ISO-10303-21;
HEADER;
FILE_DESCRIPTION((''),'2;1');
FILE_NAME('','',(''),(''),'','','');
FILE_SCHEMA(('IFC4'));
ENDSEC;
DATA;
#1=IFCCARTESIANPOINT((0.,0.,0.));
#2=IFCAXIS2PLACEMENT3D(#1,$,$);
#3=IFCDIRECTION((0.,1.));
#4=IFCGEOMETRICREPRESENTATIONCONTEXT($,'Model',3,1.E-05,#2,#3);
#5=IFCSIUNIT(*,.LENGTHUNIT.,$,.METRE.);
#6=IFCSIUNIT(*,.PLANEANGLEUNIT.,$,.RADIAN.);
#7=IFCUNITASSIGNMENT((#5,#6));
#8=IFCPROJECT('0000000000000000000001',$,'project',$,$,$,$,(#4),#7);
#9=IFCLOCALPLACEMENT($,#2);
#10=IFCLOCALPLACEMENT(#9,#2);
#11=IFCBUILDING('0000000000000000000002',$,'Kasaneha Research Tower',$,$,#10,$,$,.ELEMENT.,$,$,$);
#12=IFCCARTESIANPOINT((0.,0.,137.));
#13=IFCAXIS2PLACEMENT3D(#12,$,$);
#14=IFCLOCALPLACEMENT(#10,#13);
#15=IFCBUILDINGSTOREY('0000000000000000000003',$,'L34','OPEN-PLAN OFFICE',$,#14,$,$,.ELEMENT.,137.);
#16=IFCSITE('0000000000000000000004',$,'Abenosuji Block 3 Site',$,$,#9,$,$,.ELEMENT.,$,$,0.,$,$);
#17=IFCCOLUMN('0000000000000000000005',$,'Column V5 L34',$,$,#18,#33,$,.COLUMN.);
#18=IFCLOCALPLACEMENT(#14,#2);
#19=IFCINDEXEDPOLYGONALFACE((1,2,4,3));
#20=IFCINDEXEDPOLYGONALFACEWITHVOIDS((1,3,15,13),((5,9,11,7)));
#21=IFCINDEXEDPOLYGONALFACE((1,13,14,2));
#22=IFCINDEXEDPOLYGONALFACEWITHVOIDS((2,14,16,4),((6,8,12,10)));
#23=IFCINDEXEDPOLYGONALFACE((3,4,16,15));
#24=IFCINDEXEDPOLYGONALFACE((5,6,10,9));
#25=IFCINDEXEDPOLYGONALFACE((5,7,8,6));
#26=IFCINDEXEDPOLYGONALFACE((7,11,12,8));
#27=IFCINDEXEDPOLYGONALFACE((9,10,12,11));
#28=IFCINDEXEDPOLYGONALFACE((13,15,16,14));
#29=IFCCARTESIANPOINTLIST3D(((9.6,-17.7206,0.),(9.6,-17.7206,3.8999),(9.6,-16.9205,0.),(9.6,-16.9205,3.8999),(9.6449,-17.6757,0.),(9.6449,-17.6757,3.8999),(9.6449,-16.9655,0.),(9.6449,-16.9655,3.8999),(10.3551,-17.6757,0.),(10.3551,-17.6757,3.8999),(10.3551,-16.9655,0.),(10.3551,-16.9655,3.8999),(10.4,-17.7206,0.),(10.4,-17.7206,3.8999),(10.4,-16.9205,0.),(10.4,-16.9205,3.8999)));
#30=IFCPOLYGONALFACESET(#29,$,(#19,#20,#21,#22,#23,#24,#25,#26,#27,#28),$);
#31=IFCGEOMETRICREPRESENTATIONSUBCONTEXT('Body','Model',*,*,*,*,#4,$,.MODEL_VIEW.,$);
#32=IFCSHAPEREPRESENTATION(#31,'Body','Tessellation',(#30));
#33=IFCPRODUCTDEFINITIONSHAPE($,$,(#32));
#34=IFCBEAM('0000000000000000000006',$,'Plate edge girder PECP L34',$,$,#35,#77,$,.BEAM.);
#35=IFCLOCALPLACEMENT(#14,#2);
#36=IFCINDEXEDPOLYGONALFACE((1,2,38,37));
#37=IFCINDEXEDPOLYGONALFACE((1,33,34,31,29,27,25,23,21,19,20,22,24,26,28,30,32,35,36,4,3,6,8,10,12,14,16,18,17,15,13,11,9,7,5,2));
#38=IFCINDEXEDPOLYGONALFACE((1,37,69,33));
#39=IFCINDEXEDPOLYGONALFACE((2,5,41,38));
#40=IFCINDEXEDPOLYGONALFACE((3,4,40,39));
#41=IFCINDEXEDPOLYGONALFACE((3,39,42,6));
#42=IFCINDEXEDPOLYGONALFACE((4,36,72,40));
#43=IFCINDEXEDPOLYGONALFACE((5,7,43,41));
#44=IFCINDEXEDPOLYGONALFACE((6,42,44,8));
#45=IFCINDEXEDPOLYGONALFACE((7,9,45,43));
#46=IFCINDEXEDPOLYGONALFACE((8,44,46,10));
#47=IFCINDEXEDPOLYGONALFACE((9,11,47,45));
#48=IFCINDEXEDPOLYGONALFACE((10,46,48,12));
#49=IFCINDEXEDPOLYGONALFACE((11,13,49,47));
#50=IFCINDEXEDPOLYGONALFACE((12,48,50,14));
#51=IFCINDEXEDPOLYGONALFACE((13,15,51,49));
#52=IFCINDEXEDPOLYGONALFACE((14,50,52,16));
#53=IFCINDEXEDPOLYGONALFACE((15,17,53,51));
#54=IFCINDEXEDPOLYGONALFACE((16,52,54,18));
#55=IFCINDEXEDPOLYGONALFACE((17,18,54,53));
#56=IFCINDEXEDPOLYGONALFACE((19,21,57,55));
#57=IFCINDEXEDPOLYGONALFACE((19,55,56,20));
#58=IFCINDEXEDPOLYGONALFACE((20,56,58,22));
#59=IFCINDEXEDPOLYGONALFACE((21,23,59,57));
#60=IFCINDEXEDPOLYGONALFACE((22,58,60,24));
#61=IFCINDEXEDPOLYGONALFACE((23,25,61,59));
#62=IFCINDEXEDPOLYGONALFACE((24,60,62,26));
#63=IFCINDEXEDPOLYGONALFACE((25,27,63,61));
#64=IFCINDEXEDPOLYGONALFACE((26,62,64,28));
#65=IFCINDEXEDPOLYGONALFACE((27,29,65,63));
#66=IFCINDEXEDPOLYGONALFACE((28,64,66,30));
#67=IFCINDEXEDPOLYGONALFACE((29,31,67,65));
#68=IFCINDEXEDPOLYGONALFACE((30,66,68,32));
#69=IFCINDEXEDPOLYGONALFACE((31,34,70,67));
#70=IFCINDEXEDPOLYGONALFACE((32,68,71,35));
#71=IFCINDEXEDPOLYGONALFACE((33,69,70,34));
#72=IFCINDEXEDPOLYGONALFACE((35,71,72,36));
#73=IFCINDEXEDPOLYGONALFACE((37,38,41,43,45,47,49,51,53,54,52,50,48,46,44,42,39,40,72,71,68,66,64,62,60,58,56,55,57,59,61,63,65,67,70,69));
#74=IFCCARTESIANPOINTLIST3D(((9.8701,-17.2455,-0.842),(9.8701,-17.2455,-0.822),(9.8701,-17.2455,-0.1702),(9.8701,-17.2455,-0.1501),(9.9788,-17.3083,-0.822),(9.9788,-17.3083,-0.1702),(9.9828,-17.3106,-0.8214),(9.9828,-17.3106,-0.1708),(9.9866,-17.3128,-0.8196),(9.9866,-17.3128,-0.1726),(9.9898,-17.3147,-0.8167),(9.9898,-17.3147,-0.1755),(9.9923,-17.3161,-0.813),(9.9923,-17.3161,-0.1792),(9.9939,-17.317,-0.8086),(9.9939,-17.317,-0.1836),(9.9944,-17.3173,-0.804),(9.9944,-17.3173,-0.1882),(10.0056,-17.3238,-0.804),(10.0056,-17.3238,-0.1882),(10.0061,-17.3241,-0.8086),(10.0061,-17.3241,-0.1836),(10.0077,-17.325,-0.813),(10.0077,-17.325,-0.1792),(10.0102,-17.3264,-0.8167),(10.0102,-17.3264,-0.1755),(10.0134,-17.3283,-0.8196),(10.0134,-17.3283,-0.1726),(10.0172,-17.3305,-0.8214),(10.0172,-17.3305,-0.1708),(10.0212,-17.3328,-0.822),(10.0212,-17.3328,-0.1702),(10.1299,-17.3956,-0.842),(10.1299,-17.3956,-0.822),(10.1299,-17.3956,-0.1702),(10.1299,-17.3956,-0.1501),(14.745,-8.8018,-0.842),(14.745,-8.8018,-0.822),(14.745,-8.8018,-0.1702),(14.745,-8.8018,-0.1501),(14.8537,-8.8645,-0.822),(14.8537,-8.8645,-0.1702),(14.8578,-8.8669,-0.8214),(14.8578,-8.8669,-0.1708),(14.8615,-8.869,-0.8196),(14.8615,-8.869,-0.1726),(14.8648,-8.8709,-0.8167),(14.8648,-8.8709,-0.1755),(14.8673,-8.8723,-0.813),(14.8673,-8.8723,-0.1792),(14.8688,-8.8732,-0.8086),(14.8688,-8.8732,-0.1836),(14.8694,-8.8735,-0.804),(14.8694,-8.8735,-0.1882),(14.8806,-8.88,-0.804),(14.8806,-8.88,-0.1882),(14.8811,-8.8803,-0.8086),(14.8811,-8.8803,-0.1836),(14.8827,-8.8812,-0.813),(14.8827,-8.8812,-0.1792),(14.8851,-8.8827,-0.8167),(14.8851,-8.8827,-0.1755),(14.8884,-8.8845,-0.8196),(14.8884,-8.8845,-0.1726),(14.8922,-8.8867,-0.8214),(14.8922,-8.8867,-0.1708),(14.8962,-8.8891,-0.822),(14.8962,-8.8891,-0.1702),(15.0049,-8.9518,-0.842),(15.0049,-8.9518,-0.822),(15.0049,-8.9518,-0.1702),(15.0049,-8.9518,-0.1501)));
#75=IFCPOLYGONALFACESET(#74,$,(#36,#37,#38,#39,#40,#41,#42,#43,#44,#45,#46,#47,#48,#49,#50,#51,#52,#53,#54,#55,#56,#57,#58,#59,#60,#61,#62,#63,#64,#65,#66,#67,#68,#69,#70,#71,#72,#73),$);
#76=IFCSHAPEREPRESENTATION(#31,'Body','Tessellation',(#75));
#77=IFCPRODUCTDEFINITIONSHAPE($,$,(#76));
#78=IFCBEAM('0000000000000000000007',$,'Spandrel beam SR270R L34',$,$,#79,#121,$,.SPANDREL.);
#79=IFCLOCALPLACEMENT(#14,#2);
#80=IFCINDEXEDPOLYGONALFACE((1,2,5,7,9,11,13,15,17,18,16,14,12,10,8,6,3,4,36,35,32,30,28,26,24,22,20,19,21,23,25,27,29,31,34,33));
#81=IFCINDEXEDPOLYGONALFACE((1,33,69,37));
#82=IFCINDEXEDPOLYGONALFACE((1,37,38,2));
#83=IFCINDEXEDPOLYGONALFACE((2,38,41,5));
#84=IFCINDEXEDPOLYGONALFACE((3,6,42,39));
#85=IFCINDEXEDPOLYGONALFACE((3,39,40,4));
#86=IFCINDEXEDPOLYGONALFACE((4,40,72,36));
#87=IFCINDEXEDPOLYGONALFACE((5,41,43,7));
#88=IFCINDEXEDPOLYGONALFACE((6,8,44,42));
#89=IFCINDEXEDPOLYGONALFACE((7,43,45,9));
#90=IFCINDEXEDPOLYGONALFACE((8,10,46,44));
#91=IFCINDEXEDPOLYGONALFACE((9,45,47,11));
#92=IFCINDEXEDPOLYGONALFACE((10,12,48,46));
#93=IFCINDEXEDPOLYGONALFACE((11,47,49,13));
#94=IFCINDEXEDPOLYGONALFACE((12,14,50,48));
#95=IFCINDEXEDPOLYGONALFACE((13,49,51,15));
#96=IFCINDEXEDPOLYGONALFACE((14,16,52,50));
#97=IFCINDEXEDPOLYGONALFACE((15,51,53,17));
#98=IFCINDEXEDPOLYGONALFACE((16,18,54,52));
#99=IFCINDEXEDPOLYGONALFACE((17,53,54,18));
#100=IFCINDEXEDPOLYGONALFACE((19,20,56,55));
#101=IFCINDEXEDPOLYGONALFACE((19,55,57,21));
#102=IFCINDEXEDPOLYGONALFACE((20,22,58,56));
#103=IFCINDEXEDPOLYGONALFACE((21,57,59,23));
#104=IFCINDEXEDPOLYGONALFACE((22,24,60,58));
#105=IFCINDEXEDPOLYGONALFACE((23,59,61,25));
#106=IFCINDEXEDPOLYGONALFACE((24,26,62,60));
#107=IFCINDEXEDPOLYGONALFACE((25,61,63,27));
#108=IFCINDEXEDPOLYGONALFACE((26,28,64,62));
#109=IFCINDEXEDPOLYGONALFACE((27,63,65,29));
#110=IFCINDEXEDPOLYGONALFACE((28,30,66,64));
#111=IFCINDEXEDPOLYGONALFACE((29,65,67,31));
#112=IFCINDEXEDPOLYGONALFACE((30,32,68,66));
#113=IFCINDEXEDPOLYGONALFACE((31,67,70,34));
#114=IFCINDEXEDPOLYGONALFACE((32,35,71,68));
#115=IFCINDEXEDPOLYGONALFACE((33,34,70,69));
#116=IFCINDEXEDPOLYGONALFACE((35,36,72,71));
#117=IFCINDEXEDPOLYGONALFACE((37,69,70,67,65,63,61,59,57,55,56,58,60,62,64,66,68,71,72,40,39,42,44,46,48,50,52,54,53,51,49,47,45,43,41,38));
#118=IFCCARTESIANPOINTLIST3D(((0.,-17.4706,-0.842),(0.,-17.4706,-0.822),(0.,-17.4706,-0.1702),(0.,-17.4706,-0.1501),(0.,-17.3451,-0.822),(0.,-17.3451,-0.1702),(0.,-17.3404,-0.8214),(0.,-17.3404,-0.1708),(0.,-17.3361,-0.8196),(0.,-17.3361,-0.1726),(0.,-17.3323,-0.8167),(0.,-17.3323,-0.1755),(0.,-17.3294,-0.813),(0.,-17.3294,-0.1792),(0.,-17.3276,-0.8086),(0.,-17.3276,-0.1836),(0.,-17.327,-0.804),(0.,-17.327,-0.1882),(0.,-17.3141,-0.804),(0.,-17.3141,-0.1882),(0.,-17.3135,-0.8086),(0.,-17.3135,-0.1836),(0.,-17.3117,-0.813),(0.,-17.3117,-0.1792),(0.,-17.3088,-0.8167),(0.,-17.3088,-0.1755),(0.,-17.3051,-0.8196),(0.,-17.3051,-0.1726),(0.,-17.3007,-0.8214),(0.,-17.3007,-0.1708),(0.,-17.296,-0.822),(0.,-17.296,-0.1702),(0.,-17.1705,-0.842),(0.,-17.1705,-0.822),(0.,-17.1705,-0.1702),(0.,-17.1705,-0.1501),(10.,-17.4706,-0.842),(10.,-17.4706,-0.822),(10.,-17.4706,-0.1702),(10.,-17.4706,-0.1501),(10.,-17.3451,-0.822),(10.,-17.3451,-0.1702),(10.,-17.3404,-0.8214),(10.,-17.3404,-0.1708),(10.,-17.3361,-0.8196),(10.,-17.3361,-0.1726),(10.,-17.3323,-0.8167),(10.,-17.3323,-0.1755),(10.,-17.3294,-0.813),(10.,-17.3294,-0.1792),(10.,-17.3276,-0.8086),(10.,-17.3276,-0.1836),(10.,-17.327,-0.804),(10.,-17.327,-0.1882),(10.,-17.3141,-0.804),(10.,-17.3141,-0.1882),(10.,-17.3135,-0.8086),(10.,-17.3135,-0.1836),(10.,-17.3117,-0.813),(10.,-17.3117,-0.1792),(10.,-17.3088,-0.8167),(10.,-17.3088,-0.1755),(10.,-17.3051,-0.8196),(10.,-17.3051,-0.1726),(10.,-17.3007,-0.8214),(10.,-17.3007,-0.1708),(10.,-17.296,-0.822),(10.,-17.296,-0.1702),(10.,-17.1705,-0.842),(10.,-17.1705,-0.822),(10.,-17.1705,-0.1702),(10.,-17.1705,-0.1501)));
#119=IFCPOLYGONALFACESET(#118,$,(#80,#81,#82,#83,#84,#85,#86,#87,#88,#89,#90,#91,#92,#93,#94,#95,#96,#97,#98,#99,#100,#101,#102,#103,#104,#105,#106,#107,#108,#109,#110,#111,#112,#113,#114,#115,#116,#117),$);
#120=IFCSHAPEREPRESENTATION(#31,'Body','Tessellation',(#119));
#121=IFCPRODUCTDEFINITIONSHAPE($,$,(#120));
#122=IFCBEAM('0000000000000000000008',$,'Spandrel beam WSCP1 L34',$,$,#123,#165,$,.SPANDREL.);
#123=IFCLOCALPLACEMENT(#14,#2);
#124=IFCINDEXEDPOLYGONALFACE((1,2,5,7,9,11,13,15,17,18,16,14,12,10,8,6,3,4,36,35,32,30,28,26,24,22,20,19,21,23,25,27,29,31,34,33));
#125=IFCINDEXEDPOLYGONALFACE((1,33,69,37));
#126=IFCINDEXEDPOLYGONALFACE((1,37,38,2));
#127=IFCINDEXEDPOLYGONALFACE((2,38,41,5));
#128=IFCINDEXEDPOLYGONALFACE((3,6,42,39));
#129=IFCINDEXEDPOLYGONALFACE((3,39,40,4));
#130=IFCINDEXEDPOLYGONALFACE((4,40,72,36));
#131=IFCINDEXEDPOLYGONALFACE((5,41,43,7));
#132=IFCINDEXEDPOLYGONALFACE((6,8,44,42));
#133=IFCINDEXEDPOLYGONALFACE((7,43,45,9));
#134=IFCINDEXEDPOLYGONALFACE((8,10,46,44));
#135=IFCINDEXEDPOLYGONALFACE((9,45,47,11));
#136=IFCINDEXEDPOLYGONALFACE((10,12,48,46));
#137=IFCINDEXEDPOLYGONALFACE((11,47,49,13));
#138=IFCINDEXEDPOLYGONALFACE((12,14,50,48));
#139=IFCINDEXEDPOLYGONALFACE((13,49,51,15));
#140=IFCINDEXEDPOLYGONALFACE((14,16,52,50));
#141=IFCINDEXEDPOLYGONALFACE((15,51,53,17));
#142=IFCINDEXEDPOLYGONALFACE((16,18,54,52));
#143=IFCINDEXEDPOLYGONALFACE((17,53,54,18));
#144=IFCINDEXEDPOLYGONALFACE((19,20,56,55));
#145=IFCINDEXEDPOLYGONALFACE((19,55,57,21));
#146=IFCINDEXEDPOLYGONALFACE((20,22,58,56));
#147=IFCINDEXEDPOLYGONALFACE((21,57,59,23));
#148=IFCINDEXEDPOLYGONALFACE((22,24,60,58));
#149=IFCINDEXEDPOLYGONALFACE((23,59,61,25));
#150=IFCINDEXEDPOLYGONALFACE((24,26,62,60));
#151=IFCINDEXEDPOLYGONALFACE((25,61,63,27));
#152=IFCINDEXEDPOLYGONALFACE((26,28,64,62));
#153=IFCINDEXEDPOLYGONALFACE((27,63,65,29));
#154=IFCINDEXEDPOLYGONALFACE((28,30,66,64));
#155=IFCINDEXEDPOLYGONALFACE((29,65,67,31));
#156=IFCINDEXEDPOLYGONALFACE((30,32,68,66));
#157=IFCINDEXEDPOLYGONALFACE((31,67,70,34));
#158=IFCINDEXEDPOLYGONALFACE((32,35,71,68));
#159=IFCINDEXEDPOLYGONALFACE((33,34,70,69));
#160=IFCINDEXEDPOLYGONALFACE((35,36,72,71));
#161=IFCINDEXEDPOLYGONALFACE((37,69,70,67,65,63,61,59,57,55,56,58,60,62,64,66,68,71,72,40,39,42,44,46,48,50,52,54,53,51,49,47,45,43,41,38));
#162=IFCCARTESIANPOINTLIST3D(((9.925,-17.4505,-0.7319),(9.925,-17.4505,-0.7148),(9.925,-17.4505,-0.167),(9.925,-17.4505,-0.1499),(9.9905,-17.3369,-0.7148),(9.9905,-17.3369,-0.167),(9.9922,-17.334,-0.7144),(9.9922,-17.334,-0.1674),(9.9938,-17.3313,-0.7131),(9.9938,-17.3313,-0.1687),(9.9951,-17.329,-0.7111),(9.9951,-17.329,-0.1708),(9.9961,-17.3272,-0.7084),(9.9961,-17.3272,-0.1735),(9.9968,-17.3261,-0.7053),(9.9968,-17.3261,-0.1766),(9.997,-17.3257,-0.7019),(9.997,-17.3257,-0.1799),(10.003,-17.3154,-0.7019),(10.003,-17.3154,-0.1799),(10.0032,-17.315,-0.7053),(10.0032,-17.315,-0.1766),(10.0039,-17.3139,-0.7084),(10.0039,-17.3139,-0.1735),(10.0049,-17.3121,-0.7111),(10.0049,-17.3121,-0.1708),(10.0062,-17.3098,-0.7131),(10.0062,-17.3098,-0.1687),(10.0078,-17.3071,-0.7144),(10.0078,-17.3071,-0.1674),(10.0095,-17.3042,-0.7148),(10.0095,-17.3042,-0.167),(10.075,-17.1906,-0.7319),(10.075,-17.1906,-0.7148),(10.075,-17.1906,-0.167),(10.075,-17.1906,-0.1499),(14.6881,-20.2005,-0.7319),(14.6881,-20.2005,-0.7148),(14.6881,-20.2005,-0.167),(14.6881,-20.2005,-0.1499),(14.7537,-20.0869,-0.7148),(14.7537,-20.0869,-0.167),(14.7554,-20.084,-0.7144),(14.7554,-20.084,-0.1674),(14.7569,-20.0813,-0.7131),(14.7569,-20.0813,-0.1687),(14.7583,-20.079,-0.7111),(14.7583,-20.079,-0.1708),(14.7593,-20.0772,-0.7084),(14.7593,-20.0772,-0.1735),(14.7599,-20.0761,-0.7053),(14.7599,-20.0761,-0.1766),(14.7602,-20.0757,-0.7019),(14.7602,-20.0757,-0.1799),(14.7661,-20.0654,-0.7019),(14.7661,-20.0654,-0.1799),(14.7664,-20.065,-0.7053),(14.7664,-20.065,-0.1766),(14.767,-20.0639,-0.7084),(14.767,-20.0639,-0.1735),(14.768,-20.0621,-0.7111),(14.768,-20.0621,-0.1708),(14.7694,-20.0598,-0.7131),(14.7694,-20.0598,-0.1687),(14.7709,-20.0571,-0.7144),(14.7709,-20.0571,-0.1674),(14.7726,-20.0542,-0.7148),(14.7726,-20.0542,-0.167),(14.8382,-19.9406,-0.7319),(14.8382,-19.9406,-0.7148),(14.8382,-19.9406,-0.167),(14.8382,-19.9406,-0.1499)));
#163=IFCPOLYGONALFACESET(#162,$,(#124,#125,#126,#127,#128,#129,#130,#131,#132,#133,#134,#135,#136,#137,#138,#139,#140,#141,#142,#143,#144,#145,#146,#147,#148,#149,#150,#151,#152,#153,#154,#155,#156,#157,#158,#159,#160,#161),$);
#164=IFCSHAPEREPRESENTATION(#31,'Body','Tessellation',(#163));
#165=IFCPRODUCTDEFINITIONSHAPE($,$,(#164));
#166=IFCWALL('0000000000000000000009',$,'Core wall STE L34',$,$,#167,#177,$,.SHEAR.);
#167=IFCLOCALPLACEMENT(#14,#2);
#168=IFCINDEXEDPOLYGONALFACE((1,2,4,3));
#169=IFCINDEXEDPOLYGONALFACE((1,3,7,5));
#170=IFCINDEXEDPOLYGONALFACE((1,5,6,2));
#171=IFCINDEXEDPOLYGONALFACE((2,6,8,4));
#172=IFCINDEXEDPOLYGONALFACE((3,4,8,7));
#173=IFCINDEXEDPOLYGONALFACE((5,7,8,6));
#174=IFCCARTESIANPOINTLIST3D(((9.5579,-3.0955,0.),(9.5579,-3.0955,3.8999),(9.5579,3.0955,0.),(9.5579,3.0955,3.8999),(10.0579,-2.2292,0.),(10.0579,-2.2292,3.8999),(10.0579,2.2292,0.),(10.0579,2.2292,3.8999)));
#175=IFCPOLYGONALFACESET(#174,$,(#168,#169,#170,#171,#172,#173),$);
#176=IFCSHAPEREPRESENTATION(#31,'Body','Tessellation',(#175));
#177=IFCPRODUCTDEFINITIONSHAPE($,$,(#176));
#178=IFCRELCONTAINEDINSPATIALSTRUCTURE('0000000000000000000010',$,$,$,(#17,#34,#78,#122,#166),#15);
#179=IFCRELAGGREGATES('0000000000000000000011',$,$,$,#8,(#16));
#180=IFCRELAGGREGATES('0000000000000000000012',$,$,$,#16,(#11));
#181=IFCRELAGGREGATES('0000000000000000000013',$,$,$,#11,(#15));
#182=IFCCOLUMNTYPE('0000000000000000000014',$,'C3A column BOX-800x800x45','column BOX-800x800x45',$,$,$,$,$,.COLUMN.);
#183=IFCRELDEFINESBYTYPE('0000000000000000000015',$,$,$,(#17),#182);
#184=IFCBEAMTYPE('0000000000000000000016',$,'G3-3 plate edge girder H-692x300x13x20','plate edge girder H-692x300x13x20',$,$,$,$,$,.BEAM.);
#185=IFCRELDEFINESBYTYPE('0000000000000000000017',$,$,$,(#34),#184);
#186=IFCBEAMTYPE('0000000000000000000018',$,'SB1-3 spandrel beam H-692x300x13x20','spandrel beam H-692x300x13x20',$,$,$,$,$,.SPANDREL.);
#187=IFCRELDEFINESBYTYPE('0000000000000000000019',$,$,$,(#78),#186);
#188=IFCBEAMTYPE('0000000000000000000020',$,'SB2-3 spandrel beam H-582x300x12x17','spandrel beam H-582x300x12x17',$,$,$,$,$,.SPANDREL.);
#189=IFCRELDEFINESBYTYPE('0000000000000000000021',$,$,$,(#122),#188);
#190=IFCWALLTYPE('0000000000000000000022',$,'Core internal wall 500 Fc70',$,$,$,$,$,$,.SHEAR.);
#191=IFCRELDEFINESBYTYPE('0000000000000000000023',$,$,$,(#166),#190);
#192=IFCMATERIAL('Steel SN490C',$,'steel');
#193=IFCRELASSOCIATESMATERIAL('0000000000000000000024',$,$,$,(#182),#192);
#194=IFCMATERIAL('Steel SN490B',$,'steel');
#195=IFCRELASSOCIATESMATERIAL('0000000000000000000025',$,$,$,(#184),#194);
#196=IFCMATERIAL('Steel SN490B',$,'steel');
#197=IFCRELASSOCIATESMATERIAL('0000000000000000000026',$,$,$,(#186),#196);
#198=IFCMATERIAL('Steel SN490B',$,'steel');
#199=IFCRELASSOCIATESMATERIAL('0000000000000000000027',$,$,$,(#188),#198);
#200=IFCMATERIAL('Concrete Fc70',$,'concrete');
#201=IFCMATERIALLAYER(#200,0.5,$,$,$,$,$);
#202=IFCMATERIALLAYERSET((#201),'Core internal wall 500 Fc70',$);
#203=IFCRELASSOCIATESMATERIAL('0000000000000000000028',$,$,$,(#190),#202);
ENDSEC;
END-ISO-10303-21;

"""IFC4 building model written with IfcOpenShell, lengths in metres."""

from ifc_helpers import new_model, si_unit, direction, frame, origin, origin_2d, place, context, subcontext, project, spatial, polyline, hollow_rectangle, i_section, outline, extrude, material, layer, layer_set, material_profile, profile_set, type_object, element, save


model = new_model("IFC4")

# Units and contexts
model_context = context("Model", 3, precision=1e-05, world=origin(), true_north=direction((0.0, 1.0)))
body_context = subcontext(model_context, "Body", "Model", "MODEL_VIEW")
ifc_project = project(units=[si_unit("LENGTHUNIT", "METRE"), si_unit("PLANEANGLEUNIT", "RADIAN")], contexts=[model_context])

# Site, building, storey
site_placement = place(None, origin())
site = spatial("IfcSite", under=ifc_project, at=site_placement, Name="Abenosuji Block 3 Site", CompositionType="ELEMENT", RefElevation=0.0)
building_placement = place(site_placement, origin())
building = spatial("IfcBuilding", under=site, at=building_placement, Name="Kasaneha Research Tower", CompositionType="ELEMENT")
storey_placement = place(building_placement, frame((0.0, 0.0, 137.0)))
storey = spatial("IfcBuildingStorey", under=building, at=storey_placement, Name="L34", Description="OPEN-PLAN OFFICE", CompositionType="ELEMENT", Elevation=137.0)

# Column
ifc_material_1 = material(Name="Steel SN490C", Category="steel")
ifc_material_profile_1 = material_profile(ifc_material_1, hollow_rectangle(XDim=0.8, YDim=0.8, WallThickness=0.0449, at=origin_2d()), Name="BOX-800x800x45")
ifc_profile_set_1 = profile_set([ifc_material_profile_1], Name="Steel SN490C")
column_type = type_object("IfcColumnType", Name="C3A column BOX-800x800x45", Description="column BOX-800x800x45", PredefinedType="COLUMN", material=ifc_profile_set_1)
column_placement = place(storey_placement, frame((10.0, -17.3206, 0.0), z_axis=(0.0, 0.0, 1.0), x_axis=(1.0, 0.0, 0.0)))
element("IfcColumn", 1, at=column_placement, inside=storey, type_object=column_type, Name="Column V5 L34", PredefinedType="COLUMN", context=body_context, shape_type="SweptSolid", body=[
    extrude(hollow_rectangle(XDim=0.8, YDim=0.8, WallThickness=0.0449, at=origin_2d()), origin(), (0.0, 0.0, 1.0), 3.8999),
])

# Beams
ifc_material_2 = material(Name="Steel SN490B", Category="steel")
ifc_material_profile_2 = material_profile(ifc_material_2, i_section(OverallWidth=0.3, OverallDepth=0.6919, WebThickness=0.0129, FlangeThickness=0.02, FilletRadius=0.0181, at=origin_2d()), Name="H-692x300x13x20")
ifc_profile_set_2 = profile_set([ifc_material_profile_2], Name="Steel SN490B")
beam_type_1 = type_object("IfcBeamType", Name="G3-3 plate edge girder H-692x300x13x20", Description="plate edge girder H-692x300x13x20", PredefinedType="BEAM", material=ifc_profile_set_2)
beam_1_placement = place(storey_placement, frame((10.0, -17.3206, -0.4961), z_axis=(0.499996, 0.866028, 0.0), x_axis=(-0.866028, 0.499996, 0.0)))
element("IfcBeam", 2, at=beam_1_placement, inside=storey, type_object=beam_type_1, Name="Plate edge girder PECP L34", PredefinedType="BEAM", context=body_context, shape_type="SweptSolid", body=[
    extrude(i_section(OverallWidth=0.3, OverallDepth=0.6919, WebThickness=0.0129, FlangeThickness=0.02, FilletRadius=0.0181, at=origin_2d()), origin(), (0.0, 0.0, 1.0), 9.75),
])
ifc_material_3 = material(Name="Steel SN490B", Category="steel")
ifc_material_profile_3 = material_profile(ifc_material_3, i_section(OverallWidth=0.3, OverallDepth=0.6919, WebThickness=0.0129, FlangeThickness=0.02, FilletRadius=0.0181, at=origin_2d()), Name="H-692x300x13x20")
ifc_profile_set_3 = profile_set([ifc_material_profile_3], Name="Steel SN490B")
beam_type_2 = type_object("IfcBeamType", Name="SB1-3 spandrel beam H-692x300x13x20", Description="spandrel beam H-692x300x13x20", PredefinedType="SPANDREL", material=ifc_profile_set_3)
beam_2_placement = place(storey_placement, frame((10.0, -17.3206, -0.4961), z_axis=(-1.0, 0.0, 0.0), x_axis=(0.0, -1.0, 0.0)))
element("IfcBeam", 3, at=beam_2_placement, inside=storey, type_object=beam_type_2, Name="Spandrel beam SR270R L34", PredefinedType="SPANDREL", context=body_context, shape_type="SweptSolid", body=[
    extrude(i_section(OverallWidth=0.3, OverallDepth=0.6919, WebThickness=0.0129, FlangeThickness=0.02, FilletRadius=0.0181, at=origin_2d()), origin(), (0.0, 0.0, 1.0), 10.0),
])
ifc_material_4 = material(Name="Steel SN490B", Category="steel")
ifc_material_profile_4 = material_profile(ifc_material_4, i_section(OverallWidth=0.3, OverallDepth=0.582, WebThickness=0.012, FlangeThickness=0.0171, FilletRadius=0.0129, at=origin_2d()), Name="H-582x300x12x17")
ifc_profile_set_4 = profile_set([ifc_material_profile_4], Name="Steel SN490B")
beam_type_3 = type_object("IfcBeamType", Name="SB2-3 spandrel beam H-582x300x12x17", Description="spandrel beam H-582x300x12x17", PredefinedType="SPANDREL", material=ifc_profile_set_4)
beam_3_placement = place(storey_placement, frame((10.0, -17.3206, -0.4409), z_axis=(0.866027, -0.499997, 0.0), x_axis=(0.499997, 0.866027, 0.0)))
element("IfcBeam", 4, at=beam_3_placement, inside=storey, type_object=beam_type_3, Name="Spandrel beam WSCP1 L34", PredefinedType="SPANDREL", context=body_context, shape_type="SweptSolid", body=[
    extrude(i_section(OverallWidth=0.3, OverallDepth=0.582, WebThickness=0.012, FlangeThickness=0.0171, FilletRadius=0.0129, at=origin_2d()), origin(), (0.0, 0.0, 1.0), 5.5),
])

# Wall
ifc_material_5 = material(Name="Concrete Fc70", Category="concrete")
ifc_layer_1 = layer(ifc_material_5, 0.5)
ifc_layer_set_1 = layer_set([ifc_layer_1], Name="Core internal wall 500 Fc70")
wall_type_1 = type_object("IfcWallType", Name="Core internal wall 500 Fc70", PredefinedType="SHEAR", material=ifc_layer_set_1)
wall_1_placement = place(storey_placement, frame((9.8079, -2.6624, 0.0), z_axis=(0.0, 0.0, 1.0), x_axis=(0.0, 1.0, 0.0)))
element("IfcWall", 5, at=wall_1_placement, inside=storey, type_object=wall_type_1, Name="Core wall STE L34", PredefinedType="SHEAR", context=body_context, shape_type="SweptSolid", body=[
    extrude(outline(polyline([(0.4331, -0.25), (4.8916, -0.25), (5.7578, 0.25), (-0.4331, 0.25), (0.4331, -0.25)])), origin(), (0.0, 0.0, 1.0), 3.8999),
])

save(model, "model.ifc")
